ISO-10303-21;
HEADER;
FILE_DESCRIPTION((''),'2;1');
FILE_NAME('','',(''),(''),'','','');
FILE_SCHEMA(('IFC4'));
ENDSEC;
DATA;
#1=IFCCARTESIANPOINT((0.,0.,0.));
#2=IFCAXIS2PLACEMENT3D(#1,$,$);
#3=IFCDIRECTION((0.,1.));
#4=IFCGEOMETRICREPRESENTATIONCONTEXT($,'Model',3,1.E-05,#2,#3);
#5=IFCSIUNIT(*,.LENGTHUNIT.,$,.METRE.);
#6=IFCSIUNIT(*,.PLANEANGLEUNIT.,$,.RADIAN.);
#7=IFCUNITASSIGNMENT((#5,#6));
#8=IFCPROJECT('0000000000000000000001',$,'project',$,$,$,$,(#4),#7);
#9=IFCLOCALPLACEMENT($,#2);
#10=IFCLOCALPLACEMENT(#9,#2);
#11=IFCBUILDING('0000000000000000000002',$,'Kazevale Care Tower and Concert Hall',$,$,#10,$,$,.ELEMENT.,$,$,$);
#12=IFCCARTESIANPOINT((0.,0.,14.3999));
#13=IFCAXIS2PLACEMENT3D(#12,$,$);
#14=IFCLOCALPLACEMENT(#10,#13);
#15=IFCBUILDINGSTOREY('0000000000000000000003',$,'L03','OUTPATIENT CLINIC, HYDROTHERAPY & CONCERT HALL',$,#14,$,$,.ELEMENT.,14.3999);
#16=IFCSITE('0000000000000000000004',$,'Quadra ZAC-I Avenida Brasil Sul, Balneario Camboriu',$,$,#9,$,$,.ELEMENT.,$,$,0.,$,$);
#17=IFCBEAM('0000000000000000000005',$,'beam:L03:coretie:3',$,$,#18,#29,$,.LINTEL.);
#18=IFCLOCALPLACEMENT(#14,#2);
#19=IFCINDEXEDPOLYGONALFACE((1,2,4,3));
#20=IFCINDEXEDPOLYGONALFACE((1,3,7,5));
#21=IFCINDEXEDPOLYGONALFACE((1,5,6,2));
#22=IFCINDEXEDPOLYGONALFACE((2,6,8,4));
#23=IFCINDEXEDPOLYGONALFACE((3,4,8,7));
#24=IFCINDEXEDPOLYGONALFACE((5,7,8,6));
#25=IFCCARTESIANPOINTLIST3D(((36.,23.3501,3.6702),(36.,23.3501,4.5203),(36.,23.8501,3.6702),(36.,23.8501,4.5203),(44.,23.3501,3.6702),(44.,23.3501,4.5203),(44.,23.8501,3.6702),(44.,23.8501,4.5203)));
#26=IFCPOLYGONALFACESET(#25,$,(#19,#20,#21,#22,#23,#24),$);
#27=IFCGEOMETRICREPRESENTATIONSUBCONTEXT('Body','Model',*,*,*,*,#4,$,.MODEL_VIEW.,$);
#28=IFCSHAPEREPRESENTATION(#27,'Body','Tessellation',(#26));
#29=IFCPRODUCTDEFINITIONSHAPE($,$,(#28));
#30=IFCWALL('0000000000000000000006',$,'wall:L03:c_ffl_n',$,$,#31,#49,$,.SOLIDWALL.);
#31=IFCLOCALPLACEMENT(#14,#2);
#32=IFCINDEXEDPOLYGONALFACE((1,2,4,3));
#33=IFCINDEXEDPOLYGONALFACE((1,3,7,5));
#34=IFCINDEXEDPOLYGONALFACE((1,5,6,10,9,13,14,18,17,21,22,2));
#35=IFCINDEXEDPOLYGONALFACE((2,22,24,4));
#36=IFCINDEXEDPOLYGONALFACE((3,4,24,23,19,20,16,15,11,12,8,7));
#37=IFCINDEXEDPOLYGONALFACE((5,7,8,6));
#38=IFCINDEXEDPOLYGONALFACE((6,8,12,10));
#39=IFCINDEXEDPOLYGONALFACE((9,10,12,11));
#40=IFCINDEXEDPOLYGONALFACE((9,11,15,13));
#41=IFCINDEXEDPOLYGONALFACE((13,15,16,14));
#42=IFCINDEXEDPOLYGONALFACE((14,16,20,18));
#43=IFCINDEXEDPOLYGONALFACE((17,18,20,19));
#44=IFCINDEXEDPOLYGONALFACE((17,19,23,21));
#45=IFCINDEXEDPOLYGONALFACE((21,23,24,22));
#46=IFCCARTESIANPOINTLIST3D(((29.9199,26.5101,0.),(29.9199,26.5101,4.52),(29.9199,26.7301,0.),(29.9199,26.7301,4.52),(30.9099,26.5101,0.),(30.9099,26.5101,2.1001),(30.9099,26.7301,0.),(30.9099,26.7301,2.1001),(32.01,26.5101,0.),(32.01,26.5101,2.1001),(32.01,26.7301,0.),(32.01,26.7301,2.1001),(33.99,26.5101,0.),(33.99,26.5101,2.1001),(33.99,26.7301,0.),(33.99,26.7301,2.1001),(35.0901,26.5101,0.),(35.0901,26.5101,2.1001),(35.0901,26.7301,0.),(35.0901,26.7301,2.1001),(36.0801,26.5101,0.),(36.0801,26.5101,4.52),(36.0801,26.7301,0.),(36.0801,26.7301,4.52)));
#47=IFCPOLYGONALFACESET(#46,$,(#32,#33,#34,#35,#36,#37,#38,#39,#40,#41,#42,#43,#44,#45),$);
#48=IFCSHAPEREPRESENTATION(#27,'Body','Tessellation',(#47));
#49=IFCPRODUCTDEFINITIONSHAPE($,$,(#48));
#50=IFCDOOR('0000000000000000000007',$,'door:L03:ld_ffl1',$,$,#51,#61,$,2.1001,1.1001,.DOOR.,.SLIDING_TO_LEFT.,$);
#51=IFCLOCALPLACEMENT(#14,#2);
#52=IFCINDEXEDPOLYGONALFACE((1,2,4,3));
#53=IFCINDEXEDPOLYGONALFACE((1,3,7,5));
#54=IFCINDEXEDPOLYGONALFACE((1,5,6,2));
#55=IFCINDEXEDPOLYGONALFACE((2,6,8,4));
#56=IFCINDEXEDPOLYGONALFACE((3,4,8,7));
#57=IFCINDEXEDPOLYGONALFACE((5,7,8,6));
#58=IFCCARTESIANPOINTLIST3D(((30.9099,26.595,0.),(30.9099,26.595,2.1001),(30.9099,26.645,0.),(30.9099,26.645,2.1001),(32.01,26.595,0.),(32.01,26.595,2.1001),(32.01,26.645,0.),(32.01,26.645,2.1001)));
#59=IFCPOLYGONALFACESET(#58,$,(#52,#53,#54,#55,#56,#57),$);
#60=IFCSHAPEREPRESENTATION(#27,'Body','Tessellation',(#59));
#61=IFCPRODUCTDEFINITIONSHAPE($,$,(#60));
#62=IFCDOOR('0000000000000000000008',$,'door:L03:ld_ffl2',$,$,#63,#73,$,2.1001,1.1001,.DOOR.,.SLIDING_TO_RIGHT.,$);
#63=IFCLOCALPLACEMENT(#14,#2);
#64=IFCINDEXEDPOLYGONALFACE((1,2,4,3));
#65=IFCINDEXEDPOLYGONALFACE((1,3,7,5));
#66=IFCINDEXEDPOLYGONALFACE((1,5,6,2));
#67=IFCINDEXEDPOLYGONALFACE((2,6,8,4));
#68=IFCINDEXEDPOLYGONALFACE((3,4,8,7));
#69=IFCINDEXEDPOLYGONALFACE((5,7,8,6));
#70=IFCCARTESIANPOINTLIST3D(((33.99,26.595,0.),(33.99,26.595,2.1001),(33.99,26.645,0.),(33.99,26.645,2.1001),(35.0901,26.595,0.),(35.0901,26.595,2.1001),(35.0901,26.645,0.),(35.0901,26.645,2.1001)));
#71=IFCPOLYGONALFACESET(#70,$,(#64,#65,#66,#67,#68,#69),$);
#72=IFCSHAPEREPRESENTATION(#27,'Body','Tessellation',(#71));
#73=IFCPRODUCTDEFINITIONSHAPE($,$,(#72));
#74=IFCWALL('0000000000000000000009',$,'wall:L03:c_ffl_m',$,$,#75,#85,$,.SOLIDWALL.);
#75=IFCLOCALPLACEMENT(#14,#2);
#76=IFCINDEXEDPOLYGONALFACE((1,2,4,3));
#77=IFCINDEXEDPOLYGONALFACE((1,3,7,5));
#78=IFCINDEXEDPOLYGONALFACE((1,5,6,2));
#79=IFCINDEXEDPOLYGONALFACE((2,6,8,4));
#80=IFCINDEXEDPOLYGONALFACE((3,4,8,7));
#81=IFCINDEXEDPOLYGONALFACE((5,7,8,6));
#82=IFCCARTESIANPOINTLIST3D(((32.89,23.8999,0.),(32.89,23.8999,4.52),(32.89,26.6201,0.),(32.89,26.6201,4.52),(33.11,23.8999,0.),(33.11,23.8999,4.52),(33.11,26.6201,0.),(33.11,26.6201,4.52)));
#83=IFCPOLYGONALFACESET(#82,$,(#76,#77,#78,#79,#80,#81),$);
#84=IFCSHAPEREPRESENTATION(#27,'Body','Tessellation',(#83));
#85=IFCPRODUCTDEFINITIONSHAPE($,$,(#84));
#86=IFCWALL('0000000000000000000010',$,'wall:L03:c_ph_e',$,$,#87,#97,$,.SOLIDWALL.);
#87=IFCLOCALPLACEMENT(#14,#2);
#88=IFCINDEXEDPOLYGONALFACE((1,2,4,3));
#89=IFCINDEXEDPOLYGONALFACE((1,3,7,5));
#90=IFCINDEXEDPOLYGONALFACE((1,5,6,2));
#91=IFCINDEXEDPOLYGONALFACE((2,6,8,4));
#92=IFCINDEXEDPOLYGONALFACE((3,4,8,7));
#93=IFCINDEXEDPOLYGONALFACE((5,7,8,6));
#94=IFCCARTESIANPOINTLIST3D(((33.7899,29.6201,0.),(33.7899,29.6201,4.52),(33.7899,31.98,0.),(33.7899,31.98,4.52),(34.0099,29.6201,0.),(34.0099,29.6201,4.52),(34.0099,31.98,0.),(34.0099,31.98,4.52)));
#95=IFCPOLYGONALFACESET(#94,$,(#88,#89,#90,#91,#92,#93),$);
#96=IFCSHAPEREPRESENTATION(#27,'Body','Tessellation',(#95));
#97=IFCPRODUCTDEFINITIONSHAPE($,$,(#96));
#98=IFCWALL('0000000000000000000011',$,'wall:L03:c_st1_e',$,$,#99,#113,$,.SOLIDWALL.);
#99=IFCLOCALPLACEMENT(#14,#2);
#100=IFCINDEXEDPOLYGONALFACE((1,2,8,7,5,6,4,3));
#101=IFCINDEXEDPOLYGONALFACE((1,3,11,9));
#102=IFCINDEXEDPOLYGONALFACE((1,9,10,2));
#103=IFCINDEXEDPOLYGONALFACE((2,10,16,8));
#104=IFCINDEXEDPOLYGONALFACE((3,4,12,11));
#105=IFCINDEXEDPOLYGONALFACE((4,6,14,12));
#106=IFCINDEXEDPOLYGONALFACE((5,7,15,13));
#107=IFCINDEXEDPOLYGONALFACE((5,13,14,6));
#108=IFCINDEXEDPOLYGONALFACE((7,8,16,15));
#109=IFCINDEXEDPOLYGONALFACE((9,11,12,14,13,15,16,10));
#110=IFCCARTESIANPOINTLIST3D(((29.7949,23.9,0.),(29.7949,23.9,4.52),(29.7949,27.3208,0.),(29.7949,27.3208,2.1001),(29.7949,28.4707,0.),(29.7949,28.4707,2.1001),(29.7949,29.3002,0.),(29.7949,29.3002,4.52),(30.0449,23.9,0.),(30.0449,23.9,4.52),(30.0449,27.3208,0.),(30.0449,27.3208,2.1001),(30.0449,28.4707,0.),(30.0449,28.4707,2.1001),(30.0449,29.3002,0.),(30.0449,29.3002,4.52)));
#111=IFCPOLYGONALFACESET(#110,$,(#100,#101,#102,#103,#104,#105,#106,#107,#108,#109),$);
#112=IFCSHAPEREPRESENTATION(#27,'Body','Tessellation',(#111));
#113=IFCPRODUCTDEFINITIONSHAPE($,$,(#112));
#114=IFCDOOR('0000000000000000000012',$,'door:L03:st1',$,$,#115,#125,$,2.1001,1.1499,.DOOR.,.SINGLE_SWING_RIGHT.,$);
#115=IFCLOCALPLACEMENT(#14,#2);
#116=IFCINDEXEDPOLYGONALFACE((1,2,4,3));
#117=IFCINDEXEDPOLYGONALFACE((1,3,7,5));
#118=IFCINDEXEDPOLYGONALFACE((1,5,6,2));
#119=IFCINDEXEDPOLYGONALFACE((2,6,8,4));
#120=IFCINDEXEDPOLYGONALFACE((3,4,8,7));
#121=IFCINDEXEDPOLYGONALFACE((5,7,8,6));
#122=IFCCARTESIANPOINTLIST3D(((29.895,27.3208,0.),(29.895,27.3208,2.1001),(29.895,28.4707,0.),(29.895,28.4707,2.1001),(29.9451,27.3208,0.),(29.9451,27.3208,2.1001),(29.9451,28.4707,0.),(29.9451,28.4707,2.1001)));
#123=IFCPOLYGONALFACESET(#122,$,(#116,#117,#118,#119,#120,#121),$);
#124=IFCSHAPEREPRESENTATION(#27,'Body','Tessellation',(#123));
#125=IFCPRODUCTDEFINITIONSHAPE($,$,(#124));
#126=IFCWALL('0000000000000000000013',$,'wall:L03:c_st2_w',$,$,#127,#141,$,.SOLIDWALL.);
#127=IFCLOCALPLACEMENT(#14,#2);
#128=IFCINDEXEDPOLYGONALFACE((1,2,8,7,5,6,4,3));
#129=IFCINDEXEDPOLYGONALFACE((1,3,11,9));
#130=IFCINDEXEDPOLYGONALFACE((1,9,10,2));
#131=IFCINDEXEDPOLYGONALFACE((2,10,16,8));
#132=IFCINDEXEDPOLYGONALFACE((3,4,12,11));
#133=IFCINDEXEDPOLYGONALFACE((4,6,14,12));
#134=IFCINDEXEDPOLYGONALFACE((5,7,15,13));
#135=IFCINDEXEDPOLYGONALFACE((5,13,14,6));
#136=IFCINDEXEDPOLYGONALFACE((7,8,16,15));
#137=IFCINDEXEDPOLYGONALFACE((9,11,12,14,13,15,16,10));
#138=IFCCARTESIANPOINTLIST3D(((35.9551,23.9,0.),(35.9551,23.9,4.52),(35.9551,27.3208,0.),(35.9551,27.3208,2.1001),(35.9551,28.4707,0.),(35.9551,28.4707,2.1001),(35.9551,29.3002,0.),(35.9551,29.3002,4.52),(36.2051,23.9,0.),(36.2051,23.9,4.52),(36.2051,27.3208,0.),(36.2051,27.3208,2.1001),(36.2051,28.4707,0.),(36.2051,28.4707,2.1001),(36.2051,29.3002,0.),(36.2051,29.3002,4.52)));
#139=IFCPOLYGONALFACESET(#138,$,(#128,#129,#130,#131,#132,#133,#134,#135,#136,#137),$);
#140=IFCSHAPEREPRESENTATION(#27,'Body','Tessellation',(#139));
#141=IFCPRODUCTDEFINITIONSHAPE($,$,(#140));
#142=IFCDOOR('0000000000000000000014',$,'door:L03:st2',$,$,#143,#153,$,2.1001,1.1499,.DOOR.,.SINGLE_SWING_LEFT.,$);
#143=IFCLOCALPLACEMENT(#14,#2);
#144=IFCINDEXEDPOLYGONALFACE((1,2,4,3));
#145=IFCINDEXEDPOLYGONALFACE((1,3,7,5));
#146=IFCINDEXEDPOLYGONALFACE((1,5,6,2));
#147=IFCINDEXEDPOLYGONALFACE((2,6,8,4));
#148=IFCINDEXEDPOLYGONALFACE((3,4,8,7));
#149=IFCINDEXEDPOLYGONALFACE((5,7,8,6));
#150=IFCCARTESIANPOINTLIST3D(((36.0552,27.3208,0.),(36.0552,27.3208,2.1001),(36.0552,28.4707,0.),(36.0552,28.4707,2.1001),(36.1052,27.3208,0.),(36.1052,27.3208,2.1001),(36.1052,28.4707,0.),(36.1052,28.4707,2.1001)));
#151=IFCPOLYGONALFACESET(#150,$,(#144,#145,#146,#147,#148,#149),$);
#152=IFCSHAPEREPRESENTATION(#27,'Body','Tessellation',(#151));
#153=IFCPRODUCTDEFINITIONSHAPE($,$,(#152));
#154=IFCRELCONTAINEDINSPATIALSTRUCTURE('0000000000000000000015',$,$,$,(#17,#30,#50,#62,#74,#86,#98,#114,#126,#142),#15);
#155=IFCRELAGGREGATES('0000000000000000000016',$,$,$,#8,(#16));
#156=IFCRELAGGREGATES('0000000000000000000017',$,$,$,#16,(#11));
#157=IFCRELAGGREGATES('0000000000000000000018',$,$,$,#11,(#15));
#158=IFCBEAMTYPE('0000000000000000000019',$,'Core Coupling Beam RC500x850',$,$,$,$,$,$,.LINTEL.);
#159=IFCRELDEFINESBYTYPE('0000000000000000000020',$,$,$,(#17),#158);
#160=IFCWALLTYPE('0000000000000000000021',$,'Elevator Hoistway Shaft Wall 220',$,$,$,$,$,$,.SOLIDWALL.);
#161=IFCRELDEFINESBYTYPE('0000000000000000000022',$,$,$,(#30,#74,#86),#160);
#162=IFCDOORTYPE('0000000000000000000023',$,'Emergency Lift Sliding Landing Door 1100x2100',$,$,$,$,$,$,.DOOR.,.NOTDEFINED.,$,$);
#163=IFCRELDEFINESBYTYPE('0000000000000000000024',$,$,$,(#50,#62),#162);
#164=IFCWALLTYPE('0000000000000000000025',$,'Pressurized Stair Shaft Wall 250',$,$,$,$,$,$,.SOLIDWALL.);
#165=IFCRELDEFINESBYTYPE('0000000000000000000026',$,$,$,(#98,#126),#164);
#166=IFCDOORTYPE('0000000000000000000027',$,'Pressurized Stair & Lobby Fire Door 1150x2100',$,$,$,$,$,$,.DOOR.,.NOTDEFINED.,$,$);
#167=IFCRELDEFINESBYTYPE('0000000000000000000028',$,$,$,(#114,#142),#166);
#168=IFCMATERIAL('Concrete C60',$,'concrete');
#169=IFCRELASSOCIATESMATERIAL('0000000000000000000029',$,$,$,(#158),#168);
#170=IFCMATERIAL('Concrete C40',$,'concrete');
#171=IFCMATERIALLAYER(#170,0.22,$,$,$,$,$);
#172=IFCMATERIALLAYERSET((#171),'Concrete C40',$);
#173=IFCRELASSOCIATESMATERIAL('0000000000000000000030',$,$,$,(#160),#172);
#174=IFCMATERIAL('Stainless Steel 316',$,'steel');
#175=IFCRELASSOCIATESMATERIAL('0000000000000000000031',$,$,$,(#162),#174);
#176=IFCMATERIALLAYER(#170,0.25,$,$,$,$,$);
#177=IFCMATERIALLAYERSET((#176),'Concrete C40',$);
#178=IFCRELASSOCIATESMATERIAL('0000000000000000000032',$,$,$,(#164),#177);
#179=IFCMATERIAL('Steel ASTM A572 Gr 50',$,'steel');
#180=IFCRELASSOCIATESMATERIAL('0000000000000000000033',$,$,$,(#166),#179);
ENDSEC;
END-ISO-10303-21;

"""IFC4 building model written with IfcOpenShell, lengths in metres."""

from ifc_helpers import new_model, si_unit, direction, frame, frame_2d, origin, origin_2d, place, context, subcontext, project, spatial, rectangle, extrude, material, layer, layer_set, material_profile, profile_set, type_object, element, fill, save


model = new_model("IFC4")

# Units and contexts
model_context = context("Model", 3, precision=1e-05, world=origin(), true_north=direction((0.0, 1.0)))
body_context = subcontext(model_context, "Body", "Model", "MODEL_VIEW")
ifc_project = project(units=[si_unit("LENGTHUNIT", "METRE"), si_unit("PLANEANGLEUNIT", "RADIAN")], contexts=[model_context])

# Site, building, storey
site_placement = place(None, origin())
site = spatial("IfcSite", under=ifc_project, at=site_placement, Name="Quadra ZAC-I Avenida Brasil Sul, Balneario Camboriu", CompositionType="ELEMENT", RefElevation=0.0)
building_placement = place(site_placement, origin())
building = spatial("IfcBuilding", under=site, at=building_placement, Name="Kazevale Care Tower and Concert Hall", CompositionType="ELEMENT")
storey_placement = place(building_placement, frame((0.0, 0.0, 14.3999)))
storey = spatial("IfcBuildingStorey", under=building, at=storey_placement, Name="L03", Description="OUTPATIENT CLINIC, HYDROTHERAPY & CONCERT HALL", CompositionType="ELEMENT", Elevation=14.3999)

# Beam
ifc_material_1 = material(Name="Concrete C60", Category="concrete")
ifc_material_profile = material_profile(ifc_material_1, rectangle(XDim=0.5, YDim=0.8501, at=origin_2d()), Name="RC-B500x850")
ifc_profile_set = profile_set([ifc_material_profile], Name="Concrete C60")
beam_type = type_object("IfcBeamType", Name="Core Coupling Beam RC500x850", PredefinedType="LINTEL", material=ifc_profile_set)
beam_placement = place(storey_placement, frame((36.0, 23.6001, 4.0952), z_axis=(1.0, 0.0, 0.0), x_axis=(0.0, 1.0, 0.0)))
element("IfcBeam", 1, at=beam_placement, inside=storey, type_object=beam_type, Name="beam:L03:coretie:3", PredefinedType="LINTEL", context=body_context, shape_type="SweptSolid", body=[
    extrude(rectangle(XDim=0.5, YDim=0.8501, at=origin_2d()), origin(), (0.0, 0.0, 1.0), 8.0),
])

# Wall, openings, doors
ifc_material_2 = material(Name="Concrete C40", Category="concrete")
ifc_layer_1 = layer(ifc_material_2, 0.22)
ifc_layer_set_1 = layer_set([ifc_layer_1], Name="Concrete C40")
wall_type_1 = type_object("IfcWallType", Name="Elevator Hoistway Shaft Wall 220", PredefinedType="SOLIDWALL", material=ifc_layer_set_1)
wall_1_placement = place(storey_placement, frame((29.9199, 26.6201, 0.0), z_axis=(0.0, 0.0, 1.0), x_axis=(1.0, 0.0, 0.0)))
wall_1 = element("IfcWall", 2, at=wall_1_placement, inside=storey, type_object=wall_type_1, Name="wall:L03:c_ffl_n", PredefinedType="SOLIDWALL", context=body_context, shape_type="SweptSolid", body=[
    extrude(rectangle(XDim=6.1602, YDim=0.22, at=frame_2d((3.0801, 0.0))), origin(), (0.0, 0.0, 1.0), 4.52),
])
opening_1_placement = place(wall_1_placement, frame((0.99, 0.0, 0.0)))
opening_1 = element("IfcOpeningElement", 3, at=opening_1_placement, cuts=wall_1, PredefinedType="OPENING", context=body_context, shape_type="SweptSolid", body=[
    extrude(rectangle(XDim=1.1001, YDim=2.1001, at=frame_2d((0.55, 1.05))), frame((0.0, 0.1199, 0.0), z_axis=(0.0, -1.0, 0.0), x_axis=(1.0, 0.0, 0.0)), (0.0, 0.0, 1.0), 0.24),
])
opening_2_placement = place(wall_1_placement, frame((4.0701, 0.0, 0.0)))
opening_2 = element("IfcOpeningElement", 4, at=opening_2_placement, cuts=wall_1, PredefinedType="OPENING", context=body_context, shape_type="SweptSolid", body=[
    extrude(rectangle(XDim=1.1001, YDim=2.1001, at=frame_2d((0.55, 1.05))), frame((0.0, 0.1199, 0.0), z_axis=(0.0, -1.0, 0.0), x_axis=(1.0, 0.0, 0.0)), (0.0, 0.0, 1.0), 0.24),
])
ifc_material_3 = material(Name="Stainless Steel 316", Category="steel")
door_type_1 = type_object("IfcDoorType", Name="Emergency Lift Sliding Landing Door 1100x2100", OperationType="NOTDEFINED", PredefinedType="DOOR", material=ifc_material_3)
door_1_placement = place(opening_1_placement, origin())
door_1 = element("IfcDoor", 5, at=door_1_placement, inside=storey, type_object=door_type_1, Name="door:L03:ld_ffl1", OperationType="SLIDING_TO_LEFT", OverallHeight=2.1001, OverallWidth=1.1001, PredefinedType="DOOR", context=body_context, shape_type="SweptSolid", body=[
    extrude(rectangle(XDim=1.1001, YDim=2.1001, at=frame_2d((0.55, 1.05))), frame((0.0, 0.0249, 0.0), z_axis=(0.0, -1.0, 0.0), x_axis=(1.0, 0.0, 0.0)), (0.0, 0.0, 1.0), 0.05),
])
fill(opening_1, door_1)
door_2_placement = place(opening_2_placement, origin())
door_2 = element("IfcDoor", 6, at=door_2_placement, inside=storey, type_object=door_type_1, Name="door:L03:ld_ffl2", OperationType="SLIDING_TO_RIGHT", OverallHeight=2.1001, OverallWidth=1.1001, PredefinedType="DOOR", context=body_context, shape_type="SweptSolid", body=[
    extrude(rectangle(XDim=1.1001, YDim=2.1001, at=frame_2d((0.55, 1.05))), frame((0.0, 0.0249, 0.0), z_axis=(0.0, -1.0, 0.0), x_axis=(1.0, 0.0, 0.0)), (0.0, 0.0, 1.0), 0.05),
])
fill(opening_2, door_2)

# Walls
wall_2_placement = place(storey_placement, frame((33.0, 23.8999, 0.0), z_axis=(0.0, 0.0, 1.0), x_axis=(0.0, 1.0, 0.0)))
element("IfcWall", 7, at=wall_2_placement, inside=storey, type_object=wall_type_1, Name="wall:L03:c_ffl_m", PredefinedType="SOLIDWALL", context=body_context, shape_type="SweptSolid", body=[
    extrude(rectangle(XDim=2.7202, YDim=0.22, at=frame_2d((1.3601, 0.0))), origin(), (0.0, 0.0, 1.0), 4.52),
])
wall_3_placement = place(storey_placement, frame((33.8999, 29.6201, 0.0), z_axis=(0.0, 0.0, 1.0), x_axis=(0.0, 1.0, 0.0)))
element("IfcWall", 8, at=wall_3_placement, inside=storey, type_object=wall_type_1, Name="wall:L03:c_ph_e", PredefinedType="SOLIDWALL", context=body_context, shape_type="SweptSolid", body=[
    extrude(rectangle(XDim=2.3599, YDim=0.22, at=frame_2d((1.1799, 0.0))), origin(), (0.0, 0.0, 1.0), 4.52),
])

# Walls, openings, doors
ifc_layer_2 = layer(ifc_material_2, 0.25)
ifc_layer_set_2 = layer_set([ifc_layer_2], Name="Concrete C40")
wall_type_2 = type_object("IfcWallType", Name="Pressurized Stair Shaft Wall 250", PredefinedType="SOLIDWALL", material=ifc_layer_set_2)
wall_4_placement = place(storey_placement, frame((29.9199, 23.8999, 0.0), z_axis=(0.0, 0.0, 1.0), x_axis=(0.0, 1.0, 0.0)))
wall_4 = element("IfcWall", 9, at=wall_4_placement, inside=storey, type_object=wall_type_2, Name="wall:L03:c_st1_e", PredefinedType="SOLIDWALL", context=body_context, shape_type="SweptSolid", body=[
    extrude(rectangle(XDim=5.4001, YDim=0.25, at=frame_2d((2.7002, 0.0))), origin(), (0.0, 0.0, 1.0), 4.52),
])
opening_3_placement = place(wall_4_placement, frame((3.4209, 0.0, 0.0)))
opening_3 = element("IfcOpeningElement", 10, at=opening_3_placement, cuts=wall_4, PredefinedType="OPENING", context=body_context, shape_type="SweptSolid", body=[
    extrude(rectangle(XDim=1.1499, YDim=2.1001, at=frame_2d((0.575, 1.05))), frame((0.0, 0.135, 0.0), z_axis=(0.0, -1.0, 0.0), x_axis=(1.0, 0.0, 0.0)), (0.0, 0.0, 1.0), 0.27),
])
ifc_material_4 = material(Name="Steel ASTM A572 Gr 50", Category="steel")
door_type_2 = type_object("IfcDoorType", Name="Pressurized Stair & Lobby Fire Door 1150x2100", OperationType="NOTDEFINED", PredefinedType="DOOR", material=ifc_material_4)
door_3_placement = place(opening_3_placement, origin())
door_3 = element("IfcDoor", 11, at=door_3_placement, inside=storey, type_object=door_type_2, Name="door:L03:st1", OperationType="SINGLE_SWING_RIGHT", OverallHeight=2.1001, OverallWidth=1.1499, PredefinedType="DOOR", context=body_context, shape_type="SweptSolid", body=[
    extrude(rectangle(XDim=1.1499, YDim=2.1001, at=frame_2d((0.575, 1.05))), frame((0.0, 0.0249, 0.0), z_axis=(0.0, -1.0, 0.0), x_axis=(1.0, 0.0, 0.0)), (0.0, 0.0, 1.0), 0.05),
])
fill(opening_3, door_3)
wall_5_placement = place(storey_placement, frame((36.0801, 23.8999, 0.0), z_axis=(0.0, 0.0, 1.0), x_axis=(0.0, 1.0, 0.0)))
wall_5 = element("IfcWall", 12, at=wall_5_placement, inside=storey, type_object=wall_type_2, Name="wall:L03:c_st2_w", PredefinedType="SOLIDWALL", context=body_context, shape_type="SweptSolid", body=[
    extrude(rectangle(XDim=5.4001, YDim=0.25, at=frame_2d((2.7002, 0.0))), origin(), (0.0, 0.0, 1.0), 4.52),
])
opening_4_placement = place(wall_5_placement, frame((3.4209, 0.0, 0.0)))
opening_4 = element("IfcOpeningElement", 13, at=opening_4_placement, cuts=wall_5, PredefinedType="OPENING", context=body_context, shape_type="SweptSolid", body=[
    extrude(rectangle(XDim=1.1499, YDim=2.1001, at=frame_2d((0.575, 1.05))), frame((0.0, 0.135, 0.0), z_axis=(0.0, -1.0, 0.0), x_axis=(1.0, 0.0, 0.0)), (0.0, 0.0, 1.0), 0.27),
])
door_4_placement = place(opening_4_placement, origin())
door_4 = element("IfcDoor", 14, at=door_4_placement, inside=storey, type_object=door_type_2, Name="door:L03:st2", OperationType="SINGLE_SWING_LEFT", OverallHeight=2.1001, OverallWidth=1.1499, PredefinedType="DOOR", context=body_context, shape_type="SweptSolid", body=[
    extrude(rectangle(XDim=1.1499, YDim=2.1001, at=frame_2d((0.575, 1.05))), frame((0.0, 0.0249, 0.0), z_axis=(0.0, -1.0, 0.0), x_axis=(1.0, 0.0, 0.0)), (0.0, 0.0, 1.0), 0.05),
])
fill(opening_4, door_4)

save(model, "model.ifc")
